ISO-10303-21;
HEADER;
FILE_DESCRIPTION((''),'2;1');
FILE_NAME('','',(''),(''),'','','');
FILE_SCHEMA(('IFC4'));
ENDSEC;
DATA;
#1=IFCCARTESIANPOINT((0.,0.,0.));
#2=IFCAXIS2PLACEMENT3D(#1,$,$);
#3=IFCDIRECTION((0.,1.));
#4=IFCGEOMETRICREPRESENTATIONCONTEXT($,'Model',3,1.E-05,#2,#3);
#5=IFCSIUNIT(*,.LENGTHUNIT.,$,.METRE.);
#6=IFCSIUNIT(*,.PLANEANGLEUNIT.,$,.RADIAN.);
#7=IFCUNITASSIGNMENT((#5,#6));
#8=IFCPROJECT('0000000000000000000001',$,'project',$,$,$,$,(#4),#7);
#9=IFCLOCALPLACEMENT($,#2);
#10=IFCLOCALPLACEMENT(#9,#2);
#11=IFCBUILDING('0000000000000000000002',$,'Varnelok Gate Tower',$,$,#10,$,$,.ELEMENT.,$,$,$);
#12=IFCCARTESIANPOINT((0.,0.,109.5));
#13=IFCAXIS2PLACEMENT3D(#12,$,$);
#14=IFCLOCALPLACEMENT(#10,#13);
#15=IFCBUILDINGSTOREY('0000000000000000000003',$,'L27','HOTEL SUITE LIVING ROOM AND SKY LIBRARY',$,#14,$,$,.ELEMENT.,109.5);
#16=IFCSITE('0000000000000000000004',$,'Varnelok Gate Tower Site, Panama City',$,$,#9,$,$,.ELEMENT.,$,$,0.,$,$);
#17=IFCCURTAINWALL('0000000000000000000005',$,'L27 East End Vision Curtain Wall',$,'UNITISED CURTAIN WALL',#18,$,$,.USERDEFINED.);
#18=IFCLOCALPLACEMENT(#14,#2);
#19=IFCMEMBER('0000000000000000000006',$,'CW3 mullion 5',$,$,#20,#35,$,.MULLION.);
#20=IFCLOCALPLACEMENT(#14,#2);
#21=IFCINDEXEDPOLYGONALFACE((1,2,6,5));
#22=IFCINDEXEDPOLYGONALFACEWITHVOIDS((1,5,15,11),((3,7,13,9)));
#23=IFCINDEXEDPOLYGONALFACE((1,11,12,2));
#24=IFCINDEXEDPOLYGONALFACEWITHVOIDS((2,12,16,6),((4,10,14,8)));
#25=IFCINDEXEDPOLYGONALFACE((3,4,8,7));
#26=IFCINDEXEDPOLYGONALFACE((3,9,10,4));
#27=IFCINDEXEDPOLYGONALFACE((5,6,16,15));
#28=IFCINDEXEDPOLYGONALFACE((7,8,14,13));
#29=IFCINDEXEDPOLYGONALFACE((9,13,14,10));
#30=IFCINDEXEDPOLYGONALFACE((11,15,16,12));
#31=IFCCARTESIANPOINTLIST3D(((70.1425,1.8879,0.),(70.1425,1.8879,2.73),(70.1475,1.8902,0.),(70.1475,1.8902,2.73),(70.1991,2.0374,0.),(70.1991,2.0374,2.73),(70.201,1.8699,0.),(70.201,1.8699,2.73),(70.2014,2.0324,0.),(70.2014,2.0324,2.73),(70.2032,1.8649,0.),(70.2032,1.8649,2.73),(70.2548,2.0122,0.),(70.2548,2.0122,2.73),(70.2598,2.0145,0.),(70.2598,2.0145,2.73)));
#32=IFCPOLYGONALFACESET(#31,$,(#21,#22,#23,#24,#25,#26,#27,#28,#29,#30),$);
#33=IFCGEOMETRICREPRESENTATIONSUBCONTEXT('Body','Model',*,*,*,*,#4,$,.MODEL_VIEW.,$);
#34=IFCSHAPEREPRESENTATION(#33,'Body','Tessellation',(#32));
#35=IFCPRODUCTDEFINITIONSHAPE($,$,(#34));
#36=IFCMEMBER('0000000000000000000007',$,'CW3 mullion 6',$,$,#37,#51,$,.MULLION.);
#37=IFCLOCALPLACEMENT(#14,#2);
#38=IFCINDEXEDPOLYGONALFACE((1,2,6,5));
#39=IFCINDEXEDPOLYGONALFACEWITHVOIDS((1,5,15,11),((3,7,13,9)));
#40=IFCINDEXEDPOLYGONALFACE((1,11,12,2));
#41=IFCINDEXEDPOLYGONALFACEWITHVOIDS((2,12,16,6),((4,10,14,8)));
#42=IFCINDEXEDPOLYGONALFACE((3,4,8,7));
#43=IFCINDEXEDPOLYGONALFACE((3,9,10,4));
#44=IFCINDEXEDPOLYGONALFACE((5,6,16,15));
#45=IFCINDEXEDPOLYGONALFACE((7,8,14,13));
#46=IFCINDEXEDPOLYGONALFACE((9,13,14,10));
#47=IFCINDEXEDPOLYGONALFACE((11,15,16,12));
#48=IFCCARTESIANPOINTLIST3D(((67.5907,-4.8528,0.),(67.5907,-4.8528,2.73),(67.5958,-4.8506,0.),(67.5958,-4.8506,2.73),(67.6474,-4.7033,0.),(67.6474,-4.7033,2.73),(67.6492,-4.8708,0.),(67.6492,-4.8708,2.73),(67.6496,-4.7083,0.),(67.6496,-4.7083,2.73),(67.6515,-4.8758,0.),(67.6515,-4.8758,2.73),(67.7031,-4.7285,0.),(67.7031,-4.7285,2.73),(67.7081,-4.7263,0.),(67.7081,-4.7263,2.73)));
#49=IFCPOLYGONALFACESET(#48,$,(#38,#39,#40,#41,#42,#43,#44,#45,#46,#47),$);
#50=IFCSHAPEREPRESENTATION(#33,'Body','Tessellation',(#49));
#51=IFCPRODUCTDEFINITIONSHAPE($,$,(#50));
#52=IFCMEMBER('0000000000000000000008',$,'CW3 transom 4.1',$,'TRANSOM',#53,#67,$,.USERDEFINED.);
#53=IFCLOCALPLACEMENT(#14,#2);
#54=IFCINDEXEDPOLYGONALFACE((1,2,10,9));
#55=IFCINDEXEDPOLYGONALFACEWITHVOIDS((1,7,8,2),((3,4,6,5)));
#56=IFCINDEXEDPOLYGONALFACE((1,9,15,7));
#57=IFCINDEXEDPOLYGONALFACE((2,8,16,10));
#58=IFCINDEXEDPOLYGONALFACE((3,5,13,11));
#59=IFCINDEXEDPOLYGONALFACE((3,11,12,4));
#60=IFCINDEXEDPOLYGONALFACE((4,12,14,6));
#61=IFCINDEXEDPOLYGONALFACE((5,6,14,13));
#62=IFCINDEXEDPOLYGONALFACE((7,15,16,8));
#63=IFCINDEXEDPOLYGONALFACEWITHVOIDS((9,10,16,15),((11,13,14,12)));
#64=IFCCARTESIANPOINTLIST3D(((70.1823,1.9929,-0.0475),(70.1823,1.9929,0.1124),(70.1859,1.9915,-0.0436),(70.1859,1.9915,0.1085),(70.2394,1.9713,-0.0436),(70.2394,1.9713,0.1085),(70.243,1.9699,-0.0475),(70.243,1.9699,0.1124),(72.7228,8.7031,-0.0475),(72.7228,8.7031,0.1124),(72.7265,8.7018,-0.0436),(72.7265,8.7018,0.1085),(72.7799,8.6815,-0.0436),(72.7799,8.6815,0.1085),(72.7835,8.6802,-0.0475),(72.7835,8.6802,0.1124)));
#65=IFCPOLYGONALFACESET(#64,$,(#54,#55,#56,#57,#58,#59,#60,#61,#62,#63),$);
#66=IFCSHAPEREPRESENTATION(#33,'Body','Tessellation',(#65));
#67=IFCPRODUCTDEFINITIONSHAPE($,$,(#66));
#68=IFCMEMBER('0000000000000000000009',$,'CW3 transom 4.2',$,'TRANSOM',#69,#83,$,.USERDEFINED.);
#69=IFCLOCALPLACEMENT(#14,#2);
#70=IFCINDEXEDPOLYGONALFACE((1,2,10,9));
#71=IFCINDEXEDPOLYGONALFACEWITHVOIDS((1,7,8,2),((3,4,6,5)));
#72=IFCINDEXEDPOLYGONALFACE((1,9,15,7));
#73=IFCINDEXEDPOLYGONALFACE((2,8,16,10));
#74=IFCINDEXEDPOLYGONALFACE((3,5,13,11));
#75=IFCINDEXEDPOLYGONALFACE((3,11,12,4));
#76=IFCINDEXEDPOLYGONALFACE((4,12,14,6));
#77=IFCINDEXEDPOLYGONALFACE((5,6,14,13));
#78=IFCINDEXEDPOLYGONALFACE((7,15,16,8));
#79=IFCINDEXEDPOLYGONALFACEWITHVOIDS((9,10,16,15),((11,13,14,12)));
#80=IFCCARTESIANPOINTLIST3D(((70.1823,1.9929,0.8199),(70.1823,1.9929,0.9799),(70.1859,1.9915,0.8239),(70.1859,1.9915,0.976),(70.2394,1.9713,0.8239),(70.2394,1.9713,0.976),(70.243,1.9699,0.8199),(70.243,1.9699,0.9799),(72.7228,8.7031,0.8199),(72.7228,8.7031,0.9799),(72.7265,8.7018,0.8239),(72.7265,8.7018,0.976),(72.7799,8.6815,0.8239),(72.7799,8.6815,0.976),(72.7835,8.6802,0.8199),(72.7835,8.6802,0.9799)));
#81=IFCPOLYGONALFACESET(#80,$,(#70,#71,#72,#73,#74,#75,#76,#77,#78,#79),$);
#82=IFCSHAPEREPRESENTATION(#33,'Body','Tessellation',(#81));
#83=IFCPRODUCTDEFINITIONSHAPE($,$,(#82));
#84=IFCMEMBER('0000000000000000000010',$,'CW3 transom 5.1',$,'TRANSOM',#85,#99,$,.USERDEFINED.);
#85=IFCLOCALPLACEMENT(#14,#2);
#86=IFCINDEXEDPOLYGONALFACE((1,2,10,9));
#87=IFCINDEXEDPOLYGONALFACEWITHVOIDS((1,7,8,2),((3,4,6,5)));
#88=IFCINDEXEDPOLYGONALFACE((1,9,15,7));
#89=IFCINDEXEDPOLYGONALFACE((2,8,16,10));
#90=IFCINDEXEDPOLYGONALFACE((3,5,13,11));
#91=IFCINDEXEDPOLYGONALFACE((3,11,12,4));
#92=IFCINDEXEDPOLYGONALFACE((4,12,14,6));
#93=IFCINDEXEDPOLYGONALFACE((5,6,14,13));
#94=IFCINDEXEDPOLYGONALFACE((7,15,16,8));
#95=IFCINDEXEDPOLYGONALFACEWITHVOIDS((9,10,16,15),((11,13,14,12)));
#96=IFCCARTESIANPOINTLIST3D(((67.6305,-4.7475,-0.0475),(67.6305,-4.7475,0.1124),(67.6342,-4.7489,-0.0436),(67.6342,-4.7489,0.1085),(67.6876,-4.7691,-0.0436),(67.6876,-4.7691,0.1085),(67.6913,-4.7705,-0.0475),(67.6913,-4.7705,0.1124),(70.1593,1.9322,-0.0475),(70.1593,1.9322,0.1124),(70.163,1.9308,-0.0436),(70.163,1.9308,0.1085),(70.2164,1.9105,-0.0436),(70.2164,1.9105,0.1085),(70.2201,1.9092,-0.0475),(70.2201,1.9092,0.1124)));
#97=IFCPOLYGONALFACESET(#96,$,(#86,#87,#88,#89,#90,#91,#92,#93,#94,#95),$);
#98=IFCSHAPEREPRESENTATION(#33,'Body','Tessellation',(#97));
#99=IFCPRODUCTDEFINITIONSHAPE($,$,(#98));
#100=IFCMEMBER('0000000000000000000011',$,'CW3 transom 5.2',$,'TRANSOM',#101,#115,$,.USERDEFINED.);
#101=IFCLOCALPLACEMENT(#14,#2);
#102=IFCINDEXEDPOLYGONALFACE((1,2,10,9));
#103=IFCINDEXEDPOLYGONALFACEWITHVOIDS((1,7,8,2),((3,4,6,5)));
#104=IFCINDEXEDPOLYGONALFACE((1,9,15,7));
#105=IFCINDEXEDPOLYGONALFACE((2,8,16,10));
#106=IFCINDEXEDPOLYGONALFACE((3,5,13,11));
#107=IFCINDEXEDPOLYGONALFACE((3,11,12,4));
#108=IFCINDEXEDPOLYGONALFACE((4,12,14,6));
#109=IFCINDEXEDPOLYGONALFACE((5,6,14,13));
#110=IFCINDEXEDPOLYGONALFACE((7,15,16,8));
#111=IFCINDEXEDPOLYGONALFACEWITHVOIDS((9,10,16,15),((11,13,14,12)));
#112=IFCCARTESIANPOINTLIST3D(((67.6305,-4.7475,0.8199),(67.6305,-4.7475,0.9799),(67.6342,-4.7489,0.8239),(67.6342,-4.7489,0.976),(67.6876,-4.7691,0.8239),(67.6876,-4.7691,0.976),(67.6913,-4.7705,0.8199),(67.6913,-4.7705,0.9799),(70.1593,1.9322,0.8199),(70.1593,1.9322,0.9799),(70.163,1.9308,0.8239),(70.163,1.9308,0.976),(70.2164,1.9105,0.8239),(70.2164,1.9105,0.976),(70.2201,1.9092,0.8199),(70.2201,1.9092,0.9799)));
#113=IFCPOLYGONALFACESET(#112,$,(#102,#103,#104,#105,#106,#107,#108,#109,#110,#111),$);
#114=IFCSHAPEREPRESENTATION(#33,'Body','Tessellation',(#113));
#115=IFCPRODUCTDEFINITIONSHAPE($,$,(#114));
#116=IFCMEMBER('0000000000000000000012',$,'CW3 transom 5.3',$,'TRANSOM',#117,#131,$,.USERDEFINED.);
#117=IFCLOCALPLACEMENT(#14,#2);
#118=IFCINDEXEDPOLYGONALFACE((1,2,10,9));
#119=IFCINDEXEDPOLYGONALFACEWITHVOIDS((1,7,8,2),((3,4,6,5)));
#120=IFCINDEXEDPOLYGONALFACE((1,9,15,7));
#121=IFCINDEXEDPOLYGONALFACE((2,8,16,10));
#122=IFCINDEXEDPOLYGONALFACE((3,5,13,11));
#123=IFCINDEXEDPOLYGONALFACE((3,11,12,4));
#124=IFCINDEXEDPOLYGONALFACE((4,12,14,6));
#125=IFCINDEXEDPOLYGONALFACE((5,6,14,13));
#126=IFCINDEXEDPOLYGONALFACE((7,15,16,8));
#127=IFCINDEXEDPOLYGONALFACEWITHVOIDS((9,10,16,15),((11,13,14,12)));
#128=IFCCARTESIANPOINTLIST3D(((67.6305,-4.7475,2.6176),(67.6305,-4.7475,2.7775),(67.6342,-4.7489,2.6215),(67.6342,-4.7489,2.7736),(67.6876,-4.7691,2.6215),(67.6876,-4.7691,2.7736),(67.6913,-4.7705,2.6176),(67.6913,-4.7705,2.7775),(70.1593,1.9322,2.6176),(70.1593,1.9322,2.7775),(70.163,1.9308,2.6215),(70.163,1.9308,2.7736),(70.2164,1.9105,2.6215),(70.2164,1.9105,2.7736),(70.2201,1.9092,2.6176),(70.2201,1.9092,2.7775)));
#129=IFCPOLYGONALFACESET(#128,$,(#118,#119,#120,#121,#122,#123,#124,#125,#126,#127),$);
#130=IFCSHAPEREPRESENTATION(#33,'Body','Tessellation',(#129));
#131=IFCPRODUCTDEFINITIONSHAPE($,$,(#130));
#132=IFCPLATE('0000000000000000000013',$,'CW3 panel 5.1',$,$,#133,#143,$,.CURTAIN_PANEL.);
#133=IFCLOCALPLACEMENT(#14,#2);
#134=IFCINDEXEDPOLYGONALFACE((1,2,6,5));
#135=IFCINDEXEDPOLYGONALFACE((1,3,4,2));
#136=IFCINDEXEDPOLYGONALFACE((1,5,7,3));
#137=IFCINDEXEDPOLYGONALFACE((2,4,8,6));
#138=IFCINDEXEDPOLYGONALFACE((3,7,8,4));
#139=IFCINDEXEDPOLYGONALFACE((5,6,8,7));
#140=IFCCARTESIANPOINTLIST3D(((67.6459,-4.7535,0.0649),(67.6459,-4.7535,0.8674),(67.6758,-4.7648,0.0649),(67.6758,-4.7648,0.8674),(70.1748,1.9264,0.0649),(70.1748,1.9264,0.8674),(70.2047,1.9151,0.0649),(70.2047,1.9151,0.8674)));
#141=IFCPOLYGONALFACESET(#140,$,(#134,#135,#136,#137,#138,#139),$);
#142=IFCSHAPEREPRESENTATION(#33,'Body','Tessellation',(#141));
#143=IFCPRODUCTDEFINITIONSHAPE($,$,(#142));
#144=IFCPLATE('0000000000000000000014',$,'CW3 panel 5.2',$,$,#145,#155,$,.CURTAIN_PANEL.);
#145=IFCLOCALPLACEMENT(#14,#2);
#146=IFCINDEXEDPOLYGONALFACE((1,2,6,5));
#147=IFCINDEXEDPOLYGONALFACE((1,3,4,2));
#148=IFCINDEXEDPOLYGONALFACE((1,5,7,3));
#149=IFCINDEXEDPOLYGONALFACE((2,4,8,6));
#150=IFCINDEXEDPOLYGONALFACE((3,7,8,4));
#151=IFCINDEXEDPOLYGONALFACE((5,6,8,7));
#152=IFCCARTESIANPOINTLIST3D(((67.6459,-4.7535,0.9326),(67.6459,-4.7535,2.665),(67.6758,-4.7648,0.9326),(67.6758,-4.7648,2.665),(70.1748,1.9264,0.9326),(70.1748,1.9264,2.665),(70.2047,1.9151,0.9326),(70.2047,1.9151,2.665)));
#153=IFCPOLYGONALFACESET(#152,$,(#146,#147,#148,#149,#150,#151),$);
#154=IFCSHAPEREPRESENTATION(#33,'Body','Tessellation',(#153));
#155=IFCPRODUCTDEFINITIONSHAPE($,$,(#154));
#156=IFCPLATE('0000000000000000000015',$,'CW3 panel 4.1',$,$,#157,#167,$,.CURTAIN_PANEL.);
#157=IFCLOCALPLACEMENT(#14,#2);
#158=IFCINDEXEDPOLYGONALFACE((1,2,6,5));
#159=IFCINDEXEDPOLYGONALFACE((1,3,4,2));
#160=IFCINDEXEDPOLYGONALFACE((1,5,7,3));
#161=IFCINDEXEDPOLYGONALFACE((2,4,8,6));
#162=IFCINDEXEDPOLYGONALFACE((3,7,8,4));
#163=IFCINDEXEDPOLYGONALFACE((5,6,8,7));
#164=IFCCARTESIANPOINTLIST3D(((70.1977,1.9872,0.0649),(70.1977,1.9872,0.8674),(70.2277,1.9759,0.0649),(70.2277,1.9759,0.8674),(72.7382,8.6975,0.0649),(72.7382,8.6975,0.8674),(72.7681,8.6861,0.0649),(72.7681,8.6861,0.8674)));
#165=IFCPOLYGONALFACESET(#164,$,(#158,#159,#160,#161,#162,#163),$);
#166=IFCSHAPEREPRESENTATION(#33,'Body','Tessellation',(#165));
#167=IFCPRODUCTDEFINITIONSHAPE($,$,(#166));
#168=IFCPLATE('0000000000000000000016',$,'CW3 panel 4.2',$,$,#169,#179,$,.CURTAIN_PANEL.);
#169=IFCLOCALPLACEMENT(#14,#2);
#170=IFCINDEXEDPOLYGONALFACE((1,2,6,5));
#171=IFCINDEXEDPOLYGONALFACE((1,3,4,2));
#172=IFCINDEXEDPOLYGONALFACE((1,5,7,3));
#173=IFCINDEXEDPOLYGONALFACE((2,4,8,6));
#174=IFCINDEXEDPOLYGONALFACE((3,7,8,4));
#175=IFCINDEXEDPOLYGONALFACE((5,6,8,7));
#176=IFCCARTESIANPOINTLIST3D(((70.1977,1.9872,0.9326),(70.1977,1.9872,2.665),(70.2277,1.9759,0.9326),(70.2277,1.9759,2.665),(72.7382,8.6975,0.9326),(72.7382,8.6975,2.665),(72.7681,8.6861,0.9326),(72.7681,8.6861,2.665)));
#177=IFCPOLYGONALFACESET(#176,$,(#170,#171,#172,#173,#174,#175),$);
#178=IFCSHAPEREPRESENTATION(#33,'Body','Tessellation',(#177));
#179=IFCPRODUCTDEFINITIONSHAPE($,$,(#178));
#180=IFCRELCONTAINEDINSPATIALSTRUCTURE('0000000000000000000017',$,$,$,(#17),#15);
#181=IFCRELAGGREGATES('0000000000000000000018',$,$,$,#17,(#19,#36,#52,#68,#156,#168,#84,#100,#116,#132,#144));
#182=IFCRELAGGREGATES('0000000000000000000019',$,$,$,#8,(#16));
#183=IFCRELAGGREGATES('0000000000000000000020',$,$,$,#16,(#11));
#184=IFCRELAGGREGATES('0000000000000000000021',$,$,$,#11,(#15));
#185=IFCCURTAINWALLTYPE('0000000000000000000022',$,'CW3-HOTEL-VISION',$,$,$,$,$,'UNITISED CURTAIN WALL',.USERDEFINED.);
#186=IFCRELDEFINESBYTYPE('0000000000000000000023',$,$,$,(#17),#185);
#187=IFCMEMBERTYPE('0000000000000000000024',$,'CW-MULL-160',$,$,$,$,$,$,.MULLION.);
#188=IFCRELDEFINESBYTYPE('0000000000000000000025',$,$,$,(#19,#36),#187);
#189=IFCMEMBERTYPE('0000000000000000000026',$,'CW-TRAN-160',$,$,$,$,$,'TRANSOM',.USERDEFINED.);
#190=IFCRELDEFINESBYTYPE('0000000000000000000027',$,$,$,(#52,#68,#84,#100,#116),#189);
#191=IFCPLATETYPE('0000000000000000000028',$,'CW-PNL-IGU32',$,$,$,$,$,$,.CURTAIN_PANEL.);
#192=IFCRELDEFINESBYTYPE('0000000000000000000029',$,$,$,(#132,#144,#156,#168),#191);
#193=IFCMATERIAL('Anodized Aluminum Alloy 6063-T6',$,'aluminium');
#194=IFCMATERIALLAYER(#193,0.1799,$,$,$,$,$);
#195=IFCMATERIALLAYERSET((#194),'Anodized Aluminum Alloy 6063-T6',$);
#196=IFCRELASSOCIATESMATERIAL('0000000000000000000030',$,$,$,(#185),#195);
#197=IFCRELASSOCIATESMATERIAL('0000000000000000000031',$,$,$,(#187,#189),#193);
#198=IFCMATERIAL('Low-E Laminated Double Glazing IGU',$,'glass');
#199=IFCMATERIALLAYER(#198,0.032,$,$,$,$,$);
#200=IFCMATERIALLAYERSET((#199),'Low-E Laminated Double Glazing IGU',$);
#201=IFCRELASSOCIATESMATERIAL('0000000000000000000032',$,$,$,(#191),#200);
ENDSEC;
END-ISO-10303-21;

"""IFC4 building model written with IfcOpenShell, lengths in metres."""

from ifc_helpers import new_model, si_unit, direction, frame, origin, origin_2d, place, context, subcontext, project, spatial, rectangle, hollow_rectangle, extrude, source, transform, mapped, material, layer, layer_set, material_profile, profile_set, type_object, element, aggregate, save


model = new_model("IFC4")

# Units and contexts
model_context = context("Model", 3, precision=1e-05, world=origin(), true_north=direction((0.0, 1.0)))
body_context = subcontext(model_context, "Body", "Model", "MODEL_VIEW")
ifc_project = project(units=[si_unit("LENGTHUNIT", "METRE"), si_unit("PLANEANGLEUNIT", "RADIAN")], contexts=[model_context])

# Site, building, storey
site_placement = place(None, origin())
site = spatial("IfcSite", under=ifc_project, at=site_placement, Name="Varnelok Gate Tower Site, Panama City", CompositionType="ELEMENT", RefElevation=0.0)
building_placement = place(site_placement, origin())
building = spatial("IfcBuilding", under=site, at=building_placement, Name="Varnelok Gate Tower", CompositionType="ELEMENT")
storey_placement = place(building_placement, frame((0.0, 0.0, 109.5)))
storey = spatial("IfcBuildingStorey", under=building, at=storey_placement, Name="L27", Description="HOTEL SUITE LIVING ROOM AND SKY LIBRARY", CompositionType="ELEMENT", Elevation=109.5)

# Curtain wall, members, plates
ifc_material_1 = material(Name="Anodized Aluminum Alloy 6063-T6", Category="aluminium")
ifc_layer_1 = layer(ifc_material_1, 0.1799)
ifc_layer_set_1 = layer_set([ifc_layer_1], Name="Anodized Aluminum Alloy 6063-T6")
curtain_wall_type = type_object("IfcCurtainWallType", Name="CW3-HOTEL-VISION", ElementType="UNITISED CURTAIN WALL", PredefinedType="USERDEFINED", material=ifc_layer_set_1)
curtain_wall_placement = place(storey_placement, origin())
curtain_wall = element("IfcCurtainWall", 1, at=curtain_wall_placement, inside=storey, type_object=curtain_wall_type, Name="L27 East End Vision Curtain Wall", ObjectType="UNITISED CURTAIN WALL", PredefinedType="USERDEFINED")
ifc_material_profile_1 = material_profile(ifc_material_1, hollow_rectangle(XDim=0.0649, YDim=0.1599, WallThickness=0.0039, at=origin_2d()), Name="ALU160X65X4")
ifc_profile_set_1 = profile_set([ifc_material_profile_1], Name="Anodized Aluminum Alloy 6063-T6")
member_type_1 = type_object("IfcMemberType", Name="CW-MULL-160", PredefinedType="MULLION", material=ifc_profile_set_1)
member_1_placement = place(storey_placement, frame((70.2012, 1.9512, 0.0), z_axis=(0.0, 0.0, 1.0), x_axis=(0.935221, -0.354064, 0.0)))
member_1 = element("IfcMember", 2, at=member_1_placement, type_object=member_type_1, Name="CW3 mullion 5", PredefinedType="MULLION", context=body_context, shape_type="SweptSolid", body=[
    extrude(hollow_rectangle(XDim=0.0649, YDim=0.1599, WallThickness=0.0039, at=origin_2d()), origin(), (0.0, 0.0, 1.0), 2.73),
])
member_2_placement = place(storey_placement, frame((67.6494, -4.7896, 0.0), z_axis=(0.0, 0.0, 1.0), x_axis=(0.935221, -0.354064, 0.0)))
member_2 = element("IfcMember", 3, at=member_2_placement, type_object=member_type_1, Name="CW3 mullion 6", PredefinedType="MULLION", context=body_context, shape_type="SweptSolid", body=[
    extrude(hollow_rectangle(XDim=0.0649, YDim=0.1599, WallThickness=0.0039, at=origin_2d()), origin(), (0.0, 0.0, 1.0), 2.73),
])
ifc_material_profile_2 = material_profile(ifc_material_1, hollow_rectangle(XDim=0.0649, YDim=0.1599, WallThickness=0.0039, at=origin_2d()), Name="ALU160X65X4")
ifc_profile_set_2 = profile_set([ifc_material_profile_2], Name="Anodized Aluminum Alloy 6063-T6")
member_type_2 = type_object("IfcMemberType", Name="CW-TRAN-160", ElementType="TRANSOM", PredefinedType="USERDEFINED", material=ifc_profile_set_2)
member_3_placement = place(storey_placement, frame((72.7532, 8.6917, 0.0325), z_axis=(-0.354079, -0.935216, 0.0), x_axis=(0.935216, -0.354079, 0.0)))
member_3 = element("IfcMember", 4, at=member_3_placement, type_object=member_type_2, Name="CW3 transom 4.1", ObjectType="TRANSOM", PredefinedType="USERDEFINED", context=body_context, shape_type="SweptSolid", body=[
    extrude(hollow_rectangle(XDim=0.0649, YDim=0.1599, WallThickness=0.0039, at=origin_2d()), origin(), (0.0, 0.0, 1.0), 7.175),
])
member_4_placement = place(storey_placement, frame((72.7532, 8.6917, 0.8999), z_axis=(-0.354079, -0.935216, 0.0), x_axis=(0.935216, -0.354079, 0.0)))
member_4 = element("IfcMember", 5, at=member_4_placement, type_object=member_type_2, Name="CW3 transom 4.2", ObjectType="TRANSOM", PredefinedType="USERDEFINED", context=body_context, shape_type="SweptSolid", body=[
    extrude(hollow_rectangle(XDim=0.0649, YDim=0.1599, WallThickness=0.0039, at=origin_2d()), origin(), (0.0, 0.0, 1.0), 7.175),
])
member_5_placement = place(storey_placement, frame((70.1897, 1.9207, 0.0325), z_axis=(-0.354059, -0.935223, 0.0), x_axis=(0.935223, -0.354059, 0.0)))
member_5 = element("IfcMember", 6, at=member_5_placement, type_object=member_type_2, Name="CW3 transom 5.1", ObjectType="TRANSOM", PredefinedType="USERDEFINED", context=body_context, shape_type="SweptSolid", body=[
    extrude(hollow_rectangle(XDim=0.0649, YDim=0.1599, WallThickness=0.0039, at=origin_2d()), origin(), (0.0, 0.0, 1.0), 7.1423),
])
member_6_placement = place(storey_placement, frame((70.1897, 1.9207, 0.8999), z_axis=(-0.354059, -0.935223, 0.0), x_axis=(0.935223, -0.354059, 0.0)))
member_6 = element("IfcMember", 7, at=member_6_placement, type_object=member_type_2, Name="CW3 transom 5.2", ObjectType="TRANSOM", PredefinedType="USERDEFINED", context=body_context, shape_type="SweptSolid", body=[
    extrude(hollow_rectangle(XDim=0.0649, YDim=0.1599, WallThickness=0.0039, at=origin_2d()), origin(), (0.0, 0.0, 1.0), 7.1423),
])
member_7_placement = place(storey_placement, frame((70.1897, 1.9207, 2.6975), z_axis=(-0.354059, -0.935223, 0.0), x_axis=(0.935223, -0.354059, 0.0)))
member_7 = element("IfcMember", 8, at=member_7_placement, type_object=member_type_2, Name="CW3 transom 5.3", ObjectType="TRANSOM", PredefinedType="USERDEFINED", context=body_context, shape_type="SweptSolid", body=[
    extrude(hollow_rectangle(XDim=0.0649, YDim=0.1599, WallThickness=0.0039, at=origin_2d()), origin(), (0.0, 0.0, 1.0), 7.1423),
])
ifc_material_2 = material(Name="Low-E Laminated Double Glazing IGU", Category="glass")
ifc_layer_2 = layer(ifc_material_2, 0.032)
ifc_layer_set_2 = layer_set([ifc_layer_2], Name="Low-E Laminated Double Glazing IGU")
plate_type = type_object("IfcPlateType", Name="CW-PNL-IGU32", PredefinedType="CURTAIN_PANEL", material=ifc_layer_set_2)
shared_shape_1 = source(origin(), body_context, "Body", "SweptSolid", [
    extrude(rectangle(XDim=7.1426, YDim=0.032, at=origin_2d()), origin(), (0.0, 0.0, 1.0), 0.8025),
])
plate_1_placement = place(storey_placement, frame((68.9253, -1.4192, 0.0649), z_axis=(0.0, 0.0, 1.0), x_axis=(-0.354064, -0.935221, 0.0)))
plate_1 = element("IfcPlate", 9, at=plate_1_placement, type_object=plate_type, Name="CW3 panel 5.1", PredefinedType="CURTAIN_PANEL", context=body_context, shape_type="MappedRepresentation", body=[
    mapped(shared_shape_1, transform((0.0, 0.0, 0.0), scale=1.0)),
])
shared_shape_2 = source(origin(), body_context, "Body", "SweptSolid", [
    extrude(rectangle(XDim=7.1426, YDim=0.032, at=origin_2d()), origin(), (0.0, 0.0, 1.0), 1.7324),
])
plate_2_placement = place(storey_placement, frame((68.9253, -1.4192, 0.9326), z_axis=(0.0, 0.0, 1.0), x_axis=(-0.354064, -0.935221, 0.0)))
plate_2 = element("IfcPlate", 10, at=plate_2_placement, type_object=plate_type, Name="CW3 panel 5.2", PredefinedType="CURTAIN_PANEL", context=body_context, shape_type="MappedRepresentation", body=[
    mapped(shared_shape_2, transform((0.0, 0.0, 0.0), scale=1.0)),
])
shared_shape_3 = source(origin(), body_context, "Body", "SweptSolid", [
    extrude(rectangle(XDim=7.175, YDim=0.032, at=origin_2d()), origin(), (0.0, 0.0, 1.0), 0.8025),
])
plate_3_placement = place(storey_placement, frame((71.4829, 5.3367, 0.0649), z_axis=(0.0, 0.0, 1.0), x_axis=(-0.354064, -0.935221, 0.0)))
plate_3 = element("IfcPlate", 11, at=plate_3_placement, type_object=plate_type, Name="CW3 panel 4.1", PredefinedType="CURTAIN_PANEL", context=body_context, shape_type="MappedRepresentation", body=[
    mapped(shared_shape_3, transform((0.0, 0.0, 0.0), scale=1.0)),
])
shared_shape_4 = source(origin(), body_context, "Body", "SweptSolid", [
    extrude(rectangle(XDim=7.175, YDim=0.032, at=origin_2d()), origin(), (0.0, 0.0, 1.0), 1.7324),
])
plate_4_placement = place(storey_placement, frame((71.4829, 5.3367, 0.9326), z_axis=(0.0, 0.0, 1.0), x_axis=(-0.354064, -0.935221, 0.0)))
plate_4 = element("IfcPlate", 12, at=plate_4_placement, type_object=plate_type, Name="CW3 panel 4.2", PredefinedType="CURTAIN_PANEL", context=body_context, shape_type="MappedRepresentation", body=[
    mapped(shared_shape_4, transform((0.0, 0.0, 0.0), scale=1.0)),
])
aggregate(curtain_wall, [member_1, member_2, member_3, member_4, plate_3, plate_4, member_5, member_6, member_7, plate_1, plate_2])

save(model, "model.ifc")
